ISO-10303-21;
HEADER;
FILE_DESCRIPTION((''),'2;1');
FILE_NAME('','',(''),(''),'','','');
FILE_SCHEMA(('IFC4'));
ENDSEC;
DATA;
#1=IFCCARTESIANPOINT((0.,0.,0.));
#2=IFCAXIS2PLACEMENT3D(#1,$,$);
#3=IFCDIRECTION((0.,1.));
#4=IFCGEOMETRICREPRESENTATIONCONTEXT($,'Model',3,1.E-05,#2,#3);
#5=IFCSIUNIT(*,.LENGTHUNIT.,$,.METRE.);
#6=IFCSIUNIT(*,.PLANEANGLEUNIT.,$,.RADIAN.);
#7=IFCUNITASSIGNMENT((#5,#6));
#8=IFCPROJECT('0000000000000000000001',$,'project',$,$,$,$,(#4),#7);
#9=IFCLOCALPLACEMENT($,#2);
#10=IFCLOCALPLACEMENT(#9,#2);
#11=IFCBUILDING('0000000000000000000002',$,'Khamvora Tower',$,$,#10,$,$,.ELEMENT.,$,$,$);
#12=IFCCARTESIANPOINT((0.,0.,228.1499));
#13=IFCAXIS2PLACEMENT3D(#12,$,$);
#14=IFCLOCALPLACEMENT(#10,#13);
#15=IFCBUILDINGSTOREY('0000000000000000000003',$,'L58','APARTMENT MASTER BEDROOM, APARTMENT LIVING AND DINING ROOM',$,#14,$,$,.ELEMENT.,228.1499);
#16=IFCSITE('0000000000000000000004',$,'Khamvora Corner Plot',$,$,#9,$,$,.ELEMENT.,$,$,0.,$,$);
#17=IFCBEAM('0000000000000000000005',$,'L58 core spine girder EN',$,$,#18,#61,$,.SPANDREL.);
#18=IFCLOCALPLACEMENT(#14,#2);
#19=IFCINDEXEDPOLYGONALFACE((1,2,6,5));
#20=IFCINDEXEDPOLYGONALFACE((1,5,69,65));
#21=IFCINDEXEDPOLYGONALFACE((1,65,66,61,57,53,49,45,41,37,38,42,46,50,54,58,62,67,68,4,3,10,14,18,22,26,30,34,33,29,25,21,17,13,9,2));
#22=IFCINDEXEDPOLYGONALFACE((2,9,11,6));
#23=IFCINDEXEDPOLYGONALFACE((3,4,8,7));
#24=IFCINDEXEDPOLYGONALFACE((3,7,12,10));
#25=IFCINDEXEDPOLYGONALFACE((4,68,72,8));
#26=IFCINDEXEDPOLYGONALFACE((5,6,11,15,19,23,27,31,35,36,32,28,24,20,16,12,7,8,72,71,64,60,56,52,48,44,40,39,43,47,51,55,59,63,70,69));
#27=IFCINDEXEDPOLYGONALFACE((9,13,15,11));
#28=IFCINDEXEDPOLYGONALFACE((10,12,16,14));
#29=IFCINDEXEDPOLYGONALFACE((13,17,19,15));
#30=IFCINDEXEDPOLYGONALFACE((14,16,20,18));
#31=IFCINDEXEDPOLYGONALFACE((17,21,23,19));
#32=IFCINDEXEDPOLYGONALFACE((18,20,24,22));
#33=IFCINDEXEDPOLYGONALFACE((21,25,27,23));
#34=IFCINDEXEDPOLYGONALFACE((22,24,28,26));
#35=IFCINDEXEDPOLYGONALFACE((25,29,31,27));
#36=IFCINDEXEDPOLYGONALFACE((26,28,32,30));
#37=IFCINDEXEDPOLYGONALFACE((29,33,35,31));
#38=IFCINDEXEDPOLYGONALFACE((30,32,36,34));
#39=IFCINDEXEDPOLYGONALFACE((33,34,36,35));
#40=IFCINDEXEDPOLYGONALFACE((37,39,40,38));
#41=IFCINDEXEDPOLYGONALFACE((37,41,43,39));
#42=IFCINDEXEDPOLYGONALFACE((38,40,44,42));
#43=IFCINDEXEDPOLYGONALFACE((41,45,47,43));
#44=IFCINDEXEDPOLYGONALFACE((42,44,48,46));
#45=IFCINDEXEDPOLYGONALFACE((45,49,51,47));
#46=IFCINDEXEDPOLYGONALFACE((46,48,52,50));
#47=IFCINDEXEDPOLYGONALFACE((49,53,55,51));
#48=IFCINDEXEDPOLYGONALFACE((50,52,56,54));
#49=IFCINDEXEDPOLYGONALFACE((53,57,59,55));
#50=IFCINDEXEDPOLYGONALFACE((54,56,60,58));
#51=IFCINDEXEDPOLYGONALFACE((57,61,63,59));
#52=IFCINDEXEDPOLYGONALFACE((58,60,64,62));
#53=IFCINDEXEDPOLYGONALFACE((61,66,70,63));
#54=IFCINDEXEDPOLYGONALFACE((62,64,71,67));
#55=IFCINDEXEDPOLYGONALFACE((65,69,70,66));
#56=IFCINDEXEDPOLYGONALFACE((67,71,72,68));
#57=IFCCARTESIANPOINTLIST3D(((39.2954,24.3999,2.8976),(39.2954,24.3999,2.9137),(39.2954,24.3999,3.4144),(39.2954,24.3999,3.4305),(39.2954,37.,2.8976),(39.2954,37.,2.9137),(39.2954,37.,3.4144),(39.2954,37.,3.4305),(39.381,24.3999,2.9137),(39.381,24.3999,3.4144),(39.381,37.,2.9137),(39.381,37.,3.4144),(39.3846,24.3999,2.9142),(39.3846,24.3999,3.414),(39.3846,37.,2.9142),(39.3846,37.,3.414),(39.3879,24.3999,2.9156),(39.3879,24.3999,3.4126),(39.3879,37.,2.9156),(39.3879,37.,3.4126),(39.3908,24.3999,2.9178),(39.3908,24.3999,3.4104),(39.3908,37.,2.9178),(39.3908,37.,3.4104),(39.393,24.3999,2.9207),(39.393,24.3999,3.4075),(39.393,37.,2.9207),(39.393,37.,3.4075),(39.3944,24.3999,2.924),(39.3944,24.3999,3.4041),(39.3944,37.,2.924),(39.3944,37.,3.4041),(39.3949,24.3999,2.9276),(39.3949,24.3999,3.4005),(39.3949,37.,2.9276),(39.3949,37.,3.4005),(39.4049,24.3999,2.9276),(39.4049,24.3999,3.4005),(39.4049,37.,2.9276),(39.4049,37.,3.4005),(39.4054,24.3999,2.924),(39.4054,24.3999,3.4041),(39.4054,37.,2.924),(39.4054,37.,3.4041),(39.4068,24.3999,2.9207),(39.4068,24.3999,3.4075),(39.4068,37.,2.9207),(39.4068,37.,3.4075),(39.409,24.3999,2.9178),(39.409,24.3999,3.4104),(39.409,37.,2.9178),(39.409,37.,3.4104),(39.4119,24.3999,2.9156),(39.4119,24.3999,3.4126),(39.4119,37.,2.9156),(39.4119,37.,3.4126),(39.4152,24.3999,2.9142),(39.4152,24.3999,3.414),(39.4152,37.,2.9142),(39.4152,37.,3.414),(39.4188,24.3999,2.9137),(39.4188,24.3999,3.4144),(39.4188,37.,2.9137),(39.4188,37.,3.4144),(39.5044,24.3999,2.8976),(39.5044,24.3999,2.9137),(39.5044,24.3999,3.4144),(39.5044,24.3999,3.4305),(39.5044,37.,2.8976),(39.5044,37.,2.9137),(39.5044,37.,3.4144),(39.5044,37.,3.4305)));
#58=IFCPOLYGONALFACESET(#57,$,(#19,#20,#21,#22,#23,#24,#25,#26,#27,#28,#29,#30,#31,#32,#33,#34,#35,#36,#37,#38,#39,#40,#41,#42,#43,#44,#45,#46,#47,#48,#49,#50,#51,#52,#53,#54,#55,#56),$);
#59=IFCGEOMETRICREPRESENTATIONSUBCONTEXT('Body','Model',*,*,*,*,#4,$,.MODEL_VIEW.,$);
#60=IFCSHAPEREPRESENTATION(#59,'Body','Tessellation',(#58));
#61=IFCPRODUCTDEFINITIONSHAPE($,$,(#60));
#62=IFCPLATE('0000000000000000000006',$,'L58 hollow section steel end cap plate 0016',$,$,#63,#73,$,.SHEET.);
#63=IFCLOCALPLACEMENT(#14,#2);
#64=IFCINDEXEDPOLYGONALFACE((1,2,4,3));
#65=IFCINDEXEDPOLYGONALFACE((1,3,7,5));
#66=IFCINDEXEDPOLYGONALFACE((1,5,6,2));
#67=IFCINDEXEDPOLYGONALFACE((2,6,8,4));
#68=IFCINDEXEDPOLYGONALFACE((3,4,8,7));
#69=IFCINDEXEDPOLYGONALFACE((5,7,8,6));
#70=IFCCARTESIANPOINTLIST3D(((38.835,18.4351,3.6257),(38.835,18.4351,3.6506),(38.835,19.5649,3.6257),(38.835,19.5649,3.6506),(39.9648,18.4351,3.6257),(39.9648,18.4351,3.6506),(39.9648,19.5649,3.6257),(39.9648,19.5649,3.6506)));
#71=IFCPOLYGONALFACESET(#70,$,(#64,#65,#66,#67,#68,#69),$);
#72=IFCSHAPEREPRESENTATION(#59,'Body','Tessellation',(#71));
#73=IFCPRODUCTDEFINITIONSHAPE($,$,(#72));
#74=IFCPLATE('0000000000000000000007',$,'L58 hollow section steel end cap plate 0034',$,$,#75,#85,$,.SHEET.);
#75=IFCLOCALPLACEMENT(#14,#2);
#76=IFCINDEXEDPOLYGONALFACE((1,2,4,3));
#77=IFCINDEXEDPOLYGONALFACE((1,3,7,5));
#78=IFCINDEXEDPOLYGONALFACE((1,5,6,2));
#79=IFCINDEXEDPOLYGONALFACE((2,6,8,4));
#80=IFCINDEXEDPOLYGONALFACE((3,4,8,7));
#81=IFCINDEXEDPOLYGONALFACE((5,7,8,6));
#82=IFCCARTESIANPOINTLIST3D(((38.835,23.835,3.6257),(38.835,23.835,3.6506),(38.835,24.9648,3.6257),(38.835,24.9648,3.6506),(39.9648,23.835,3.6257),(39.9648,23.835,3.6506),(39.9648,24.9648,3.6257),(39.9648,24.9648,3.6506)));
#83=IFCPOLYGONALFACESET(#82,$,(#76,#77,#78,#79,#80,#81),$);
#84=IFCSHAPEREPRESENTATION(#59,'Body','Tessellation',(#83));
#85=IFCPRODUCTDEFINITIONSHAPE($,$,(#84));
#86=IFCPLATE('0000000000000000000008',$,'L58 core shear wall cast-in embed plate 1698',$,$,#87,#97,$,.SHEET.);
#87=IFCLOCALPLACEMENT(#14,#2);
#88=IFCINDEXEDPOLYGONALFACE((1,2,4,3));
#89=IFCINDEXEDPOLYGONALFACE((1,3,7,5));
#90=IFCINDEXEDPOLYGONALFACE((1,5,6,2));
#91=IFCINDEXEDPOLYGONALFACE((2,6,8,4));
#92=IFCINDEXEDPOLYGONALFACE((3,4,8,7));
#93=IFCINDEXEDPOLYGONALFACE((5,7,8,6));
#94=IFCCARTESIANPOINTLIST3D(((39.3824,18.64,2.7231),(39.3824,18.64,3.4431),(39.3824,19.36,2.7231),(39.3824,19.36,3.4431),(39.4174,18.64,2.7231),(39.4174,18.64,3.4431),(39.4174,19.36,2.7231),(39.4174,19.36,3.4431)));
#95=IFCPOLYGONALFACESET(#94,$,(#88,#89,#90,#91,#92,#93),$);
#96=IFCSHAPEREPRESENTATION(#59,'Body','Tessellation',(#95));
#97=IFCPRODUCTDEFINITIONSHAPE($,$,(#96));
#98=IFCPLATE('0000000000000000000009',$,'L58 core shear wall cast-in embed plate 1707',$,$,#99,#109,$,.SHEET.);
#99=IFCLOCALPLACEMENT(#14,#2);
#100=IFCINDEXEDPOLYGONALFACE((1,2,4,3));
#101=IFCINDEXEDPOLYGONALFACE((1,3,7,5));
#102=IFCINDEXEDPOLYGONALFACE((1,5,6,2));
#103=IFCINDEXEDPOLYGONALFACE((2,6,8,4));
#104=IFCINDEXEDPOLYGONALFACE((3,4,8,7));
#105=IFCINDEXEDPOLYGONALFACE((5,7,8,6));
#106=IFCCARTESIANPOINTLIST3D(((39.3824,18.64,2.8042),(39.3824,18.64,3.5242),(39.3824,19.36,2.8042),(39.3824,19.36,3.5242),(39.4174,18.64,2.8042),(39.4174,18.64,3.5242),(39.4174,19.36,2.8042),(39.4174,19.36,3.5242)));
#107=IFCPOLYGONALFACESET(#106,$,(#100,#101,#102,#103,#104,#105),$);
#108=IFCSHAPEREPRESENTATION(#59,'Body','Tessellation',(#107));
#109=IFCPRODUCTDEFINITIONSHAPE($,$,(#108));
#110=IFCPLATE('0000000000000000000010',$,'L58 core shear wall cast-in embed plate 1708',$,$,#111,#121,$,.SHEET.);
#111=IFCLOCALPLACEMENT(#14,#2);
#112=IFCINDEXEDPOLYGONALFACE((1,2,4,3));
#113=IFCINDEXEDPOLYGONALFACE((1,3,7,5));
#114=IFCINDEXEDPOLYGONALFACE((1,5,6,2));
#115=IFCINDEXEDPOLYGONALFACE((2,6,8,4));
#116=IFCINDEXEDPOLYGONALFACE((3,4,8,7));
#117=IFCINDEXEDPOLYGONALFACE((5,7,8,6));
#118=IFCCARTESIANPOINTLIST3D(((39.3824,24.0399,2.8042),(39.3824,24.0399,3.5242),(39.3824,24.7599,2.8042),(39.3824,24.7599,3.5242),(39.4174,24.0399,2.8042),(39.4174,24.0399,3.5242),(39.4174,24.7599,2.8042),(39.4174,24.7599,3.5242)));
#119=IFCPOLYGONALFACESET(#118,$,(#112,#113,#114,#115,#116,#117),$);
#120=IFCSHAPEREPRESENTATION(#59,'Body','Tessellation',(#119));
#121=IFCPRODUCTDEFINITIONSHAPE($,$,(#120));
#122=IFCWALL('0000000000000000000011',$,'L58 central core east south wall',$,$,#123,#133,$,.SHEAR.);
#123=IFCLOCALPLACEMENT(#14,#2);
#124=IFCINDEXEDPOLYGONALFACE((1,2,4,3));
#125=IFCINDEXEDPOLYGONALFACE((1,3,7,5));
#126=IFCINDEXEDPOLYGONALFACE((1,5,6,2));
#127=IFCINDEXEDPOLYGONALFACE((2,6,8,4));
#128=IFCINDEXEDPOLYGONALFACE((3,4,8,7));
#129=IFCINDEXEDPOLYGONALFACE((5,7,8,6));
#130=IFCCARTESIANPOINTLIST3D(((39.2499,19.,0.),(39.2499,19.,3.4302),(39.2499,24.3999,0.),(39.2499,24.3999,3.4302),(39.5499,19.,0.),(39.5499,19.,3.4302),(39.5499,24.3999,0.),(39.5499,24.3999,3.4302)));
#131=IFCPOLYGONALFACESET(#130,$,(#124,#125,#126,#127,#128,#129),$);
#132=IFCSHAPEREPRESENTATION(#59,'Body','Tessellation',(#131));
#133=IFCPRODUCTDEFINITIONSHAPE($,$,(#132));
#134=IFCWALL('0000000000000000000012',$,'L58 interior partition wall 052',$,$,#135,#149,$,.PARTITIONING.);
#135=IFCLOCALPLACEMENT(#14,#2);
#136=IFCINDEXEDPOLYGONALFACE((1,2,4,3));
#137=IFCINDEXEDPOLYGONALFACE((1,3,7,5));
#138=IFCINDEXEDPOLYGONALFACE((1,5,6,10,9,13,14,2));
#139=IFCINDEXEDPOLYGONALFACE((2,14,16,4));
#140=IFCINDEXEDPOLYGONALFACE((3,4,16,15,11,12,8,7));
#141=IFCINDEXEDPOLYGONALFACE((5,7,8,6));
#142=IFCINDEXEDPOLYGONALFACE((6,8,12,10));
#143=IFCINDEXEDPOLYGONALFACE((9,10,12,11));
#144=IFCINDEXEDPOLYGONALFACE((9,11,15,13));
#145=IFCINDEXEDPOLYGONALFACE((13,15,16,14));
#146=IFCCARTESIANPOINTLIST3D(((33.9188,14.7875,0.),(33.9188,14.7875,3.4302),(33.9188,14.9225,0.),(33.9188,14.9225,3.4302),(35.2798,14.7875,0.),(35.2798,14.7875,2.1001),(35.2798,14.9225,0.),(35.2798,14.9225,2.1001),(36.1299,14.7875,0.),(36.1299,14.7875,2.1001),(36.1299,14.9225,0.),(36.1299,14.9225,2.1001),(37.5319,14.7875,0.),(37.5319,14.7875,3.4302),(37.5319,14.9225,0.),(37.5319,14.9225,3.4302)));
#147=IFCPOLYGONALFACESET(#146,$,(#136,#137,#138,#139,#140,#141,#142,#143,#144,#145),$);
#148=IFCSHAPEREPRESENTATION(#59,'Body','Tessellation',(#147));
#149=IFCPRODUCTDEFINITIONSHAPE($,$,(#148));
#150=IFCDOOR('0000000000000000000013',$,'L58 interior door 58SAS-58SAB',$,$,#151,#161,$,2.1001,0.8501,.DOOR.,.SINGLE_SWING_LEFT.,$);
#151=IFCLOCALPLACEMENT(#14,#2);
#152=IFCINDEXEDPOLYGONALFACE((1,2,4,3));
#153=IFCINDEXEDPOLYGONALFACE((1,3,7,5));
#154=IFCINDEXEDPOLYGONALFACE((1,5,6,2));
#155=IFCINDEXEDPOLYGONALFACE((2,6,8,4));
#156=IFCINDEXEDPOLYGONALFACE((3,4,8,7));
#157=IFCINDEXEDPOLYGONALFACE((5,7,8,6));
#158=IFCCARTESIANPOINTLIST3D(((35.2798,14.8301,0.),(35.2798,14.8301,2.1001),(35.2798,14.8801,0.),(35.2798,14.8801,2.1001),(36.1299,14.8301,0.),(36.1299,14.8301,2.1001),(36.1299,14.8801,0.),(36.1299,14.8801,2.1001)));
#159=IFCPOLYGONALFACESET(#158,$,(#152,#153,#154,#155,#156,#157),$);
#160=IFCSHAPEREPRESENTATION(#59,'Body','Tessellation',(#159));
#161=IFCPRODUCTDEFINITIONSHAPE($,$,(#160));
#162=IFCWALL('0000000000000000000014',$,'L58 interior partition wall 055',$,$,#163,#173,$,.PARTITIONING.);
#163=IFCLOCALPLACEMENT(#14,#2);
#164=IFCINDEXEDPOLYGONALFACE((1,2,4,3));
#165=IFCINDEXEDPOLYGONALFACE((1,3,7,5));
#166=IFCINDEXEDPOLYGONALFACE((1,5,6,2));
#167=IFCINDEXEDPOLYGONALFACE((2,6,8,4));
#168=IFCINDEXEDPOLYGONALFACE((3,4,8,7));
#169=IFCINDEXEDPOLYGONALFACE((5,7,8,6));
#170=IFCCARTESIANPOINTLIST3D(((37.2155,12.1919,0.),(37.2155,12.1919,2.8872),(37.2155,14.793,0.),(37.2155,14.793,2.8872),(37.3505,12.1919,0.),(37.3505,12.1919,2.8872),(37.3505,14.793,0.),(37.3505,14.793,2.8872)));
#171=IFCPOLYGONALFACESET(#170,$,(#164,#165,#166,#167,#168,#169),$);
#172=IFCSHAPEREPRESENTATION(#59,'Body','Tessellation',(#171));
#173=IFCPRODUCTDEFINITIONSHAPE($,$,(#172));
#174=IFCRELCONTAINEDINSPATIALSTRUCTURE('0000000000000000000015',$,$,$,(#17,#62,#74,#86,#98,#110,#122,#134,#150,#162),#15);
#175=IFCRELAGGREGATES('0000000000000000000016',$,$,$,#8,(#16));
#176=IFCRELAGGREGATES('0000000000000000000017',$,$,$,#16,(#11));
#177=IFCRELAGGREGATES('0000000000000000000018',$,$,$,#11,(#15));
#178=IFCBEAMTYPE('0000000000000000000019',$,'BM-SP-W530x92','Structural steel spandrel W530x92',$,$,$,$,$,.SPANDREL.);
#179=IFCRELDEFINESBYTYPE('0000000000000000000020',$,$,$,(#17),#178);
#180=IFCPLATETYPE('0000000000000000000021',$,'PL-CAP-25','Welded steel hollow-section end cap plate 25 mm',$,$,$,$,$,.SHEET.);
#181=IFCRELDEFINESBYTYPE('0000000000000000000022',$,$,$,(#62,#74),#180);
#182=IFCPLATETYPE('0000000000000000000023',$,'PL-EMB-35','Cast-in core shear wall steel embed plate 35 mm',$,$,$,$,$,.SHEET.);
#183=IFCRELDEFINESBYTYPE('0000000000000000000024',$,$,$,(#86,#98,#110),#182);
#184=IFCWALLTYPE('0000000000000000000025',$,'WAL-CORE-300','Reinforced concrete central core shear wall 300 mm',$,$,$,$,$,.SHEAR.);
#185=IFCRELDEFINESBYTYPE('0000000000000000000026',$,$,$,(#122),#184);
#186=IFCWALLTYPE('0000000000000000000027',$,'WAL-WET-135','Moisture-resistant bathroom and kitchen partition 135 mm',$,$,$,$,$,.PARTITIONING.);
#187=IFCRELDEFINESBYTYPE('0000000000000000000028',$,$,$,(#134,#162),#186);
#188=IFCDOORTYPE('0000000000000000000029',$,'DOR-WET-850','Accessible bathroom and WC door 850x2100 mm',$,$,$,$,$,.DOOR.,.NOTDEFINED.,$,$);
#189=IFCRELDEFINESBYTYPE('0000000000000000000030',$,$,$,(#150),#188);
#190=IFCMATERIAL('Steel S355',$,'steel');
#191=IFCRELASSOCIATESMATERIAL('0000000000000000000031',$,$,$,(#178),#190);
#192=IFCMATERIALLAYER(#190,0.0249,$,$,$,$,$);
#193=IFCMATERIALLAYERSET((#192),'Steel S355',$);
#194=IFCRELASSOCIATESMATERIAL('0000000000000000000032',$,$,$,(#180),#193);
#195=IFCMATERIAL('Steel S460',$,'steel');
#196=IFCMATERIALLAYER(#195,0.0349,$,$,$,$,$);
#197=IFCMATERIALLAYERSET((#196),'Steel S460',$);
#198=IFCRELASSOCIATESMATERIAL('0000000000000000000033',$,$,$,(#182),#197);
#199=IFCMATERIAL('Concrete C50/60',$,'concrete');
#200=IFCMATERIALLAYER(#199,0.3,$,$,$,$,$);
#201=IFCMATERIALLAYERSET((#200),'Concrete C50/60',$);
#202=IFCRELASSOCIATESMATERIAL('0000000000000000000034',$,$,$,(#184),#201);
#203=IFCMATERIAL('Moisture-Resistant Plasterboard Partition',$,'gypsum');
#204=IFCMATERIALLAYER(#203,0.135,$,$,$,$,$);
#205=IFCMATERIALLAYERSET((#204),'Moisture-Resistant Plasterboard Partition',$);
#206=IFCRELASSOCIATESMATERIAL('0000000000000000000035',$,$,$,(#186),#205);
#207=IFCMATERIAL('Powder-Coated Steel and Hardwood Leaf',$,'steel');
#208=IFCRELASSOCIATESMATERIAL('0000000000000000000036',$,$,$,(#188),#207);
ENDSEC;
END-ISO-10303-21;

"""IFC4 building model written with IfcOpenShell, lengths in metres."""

from ifc_helpers import new_model, si_unit, direction, frame, frame_2d, origin, origin_2d, place, context, subcontext, project, spatial, rectangle, i_section, extrude, material, layer, layer_set, material_profile, profile_set, type_object, element, fill, save


model = new_model("IFC4")

# Units and contexts
model_context = context("Model", 3, precision=1e-05, world=origin(), true_north=direction((0.0, 1.0)))
body_context = subcontext(model_context, "Body", "Model", "MODEL_VIEW")
ifc_project = project(units=[si_unit("LENGTHUNIT", "METRE"), si_unit("PLANEANGLEUNIT", "RADIAN")], contexts=[model_context])

# Site, building, storey
site_placement = place(None, origin())
site = spatial("IfcSite", under=ifc_project, at=site_placement, Name="Khamvora Corner Plot", CompositionType="ELEMENT", RefElevation=0.0)
building_placement = place(site_placement, origin())
building = spatial("IfcBuilding", under=site, at=building_placement, Name="Khamvora Tower", CompositionType="ELEMENT")
storey_placement = place(building_placement, frame((0.0, 0.0, 228.1499)))
storey = spatial("IfcBuildingStorey", under=building, at=storey_placement, Name="L58", Description="APARTMENT MASTER BEDROOM, APARTMENT LIVING AND DINING ROOM", CompositionType="ELEMENT", Elevation=228.1499)

# Shared definitions
ifc_material_1 = material(Name="Steel S460", Category="steel")
ifc_material_2 = material(Name="Steel S355", Category="steel")

# Beam
ifc_material_profile_1 = material_profile(ifc_material_2, i_section(OverallWidth=0.209, OverallDepth=0.533, WebThickness=0.01, FlangeThickness=0.0161, FilletRadius=0.0139, at=origin_2d()), Name="W530x92")
ifc_profile_set_1 = profile_set([ifc_material_profile_1], Name="Steel S355")
beam_type_1 = type_object("IfcBeamType", Name="BM-SP-W530x92", Description="Structural steel spandrel W530x92", PredefinedType="SPANDREL", material=ifc_profile_set_1)
beam_1_placement = place(storey_placement, frame((39.3999, 24.3999, 3.1641), z_axis=(0.0, 1.0, 0.0), x_axis=(-1.0, 0.0, 0.0)))
element("IfcBeam", 1, at=beam_1_placement, inside=storey, type_object=beam_type_1, Name="L58 core spine girder EN", PredefinedType="SPANDREL", context=body_context, shape_type="SweptSolid", body=[
    extrude(i_section(OverallWidth=0.209, OverallDepth=0.533, WebThickness=0.01, FlangeThickness=0.0161, FilletRadius=0.0139, at=origin_2d()), origin(), (0.0, 0.0, 1.0), 12.6001),
])

# Plates
ifc_layer_1 = layer(ifc_material_2, 0.0249)
ifc_layer_set_1 = layer_set([ifc_layer_1], Name="Steel S355")
plate_type_1 = type_object("IfcPlateType", Name="PL-CAP-25", Description="Welded steel hollow-section end cap plate 25 mm", PredefinedType="SHEET", material=ifc_layer_set_1)
for number, where, z_axis, x_axis, name in (
    (2, (39.3999, 19.0, 3.6257), (0.0, 0.0, 1.0), (1.0, 0.0, 0.0), "L58 hollow section steel end cap plate 0016"),
    (3, (39.3999, 24.3999, 3.6257), (0.0, 0.0, 1.0), (1.0, 0.0, 0.0), "L58 hollow section steel end cap plate 0034"),
):
    element("IfcPlate", number, at=place(storey_placement, frame(where, z_axis=z_axis, x_axis=x_axis)), inside=storey, type_object=plate_type_1, Name=name, PredefinedType="SHEET", context=body_context, shape_type="SweptSolid", body=[
        extrude(rectangle(XDim=1.1299, YDim=1.1299, at=origin_2d()), origin(), (0.0, 0.0, 1.0), 0.0249),
    ])
ifc_layer_2 = layer(ifc_material_1, 0.0349)
ifc_layer_set_2 = layer_set([ifc_layer_2], Name="Steel S460")
plate_type_2 = type_object("IfcPlateType", Name="PL-EMB-35", Description="Cast-in core shear wall steel embed plate 35 mm", PredefinedType="SHEET", material=ifc_layer_set_2)
for number, where, z_axis, x_axis, name in (
    (4, (39.3999, 19.0, 2.7231), (0.0, 0.0, 1.0), (1.0, 0.0, 0.0), "L58 core shear wall cast-in embed plate 1698"),
    (5, (39.3999, 19.0, 2.8042), (0.0, 0.0, 1.0), (1.0, 0.0, 0.0), "L58 core shear wall cast-in embed plate 1707"),
    (6, (39.3999, 24.3999, 2.8042), (0.0, 0.0, 1.0), (1.0, 0.0, 0.0), "L58 core shear wall cast-in embed plate 1708"),
):
    element("IfcPlate", number, at=place(storey_placement, frame(where, z_axis=z_axis, x_axis=x_axis)), inside=storey, type_object=plate_type_2, Name=name, PredefinedType="SHEET", context=body_context, shape_type="SweptSolid", body=[
        extrude(rectangle(XDim=0.0349, YDim=0.72, at=origin_2d()), origin(), (0.0, 0.0, 1.0), 0.72),
    ])

# Wall
ifc_material_3 = material(Name="Concrete C50/60", Category="concrete")
ifc_layer_3 = layer(ifc_material_3, 0.3)
ifc_layer_set_3 = layer_set([ifc_layer_3], Name="Concrete C50/60")
wall_type_1 = type_object("IfcWallType", Name="WAL-CORE-300", Description="Reinforced concrete central core shear wall 300 mm", PredefinedType="SHEAR", material=ifc_layer_set_3)
wall_1_placement = place(storey_placement, frame((39.3999, 19.0, 0.0), z_axis=(0.0, 0.0, 1.0), x_axis=(0.0, 1.0, 0.0)))
element("IfcWall", 7, at=wall_1_placement, inside=storey, type_object=wall_type_1, Name="L58 central core east south wall", PredefinedType="SHEAR", context=body_context, shape_type="SweptSolid", body=[
    extrude(rectangle(XDim=5.3999, YDim=0.3, at=frame_2d((2.7, 0.0))), origin(), (0.0, 0.0, 1.0), 3.4302),
])

# Wall, opening, door
ifc_material_4 = material(Name="Moisture-Resistant Plasterboard Partition", Category="gypsum")
ifc_layer_4 = layer(ifc_material_4, 0.135)
ifc_layer_set_4 = layer_set([ifc_layer_4], Name="Moisture-Resistant Plasterboard Partition")
wall_type_2 = type_object("IfcWallType", Name="WAL-WET-135", Description="Moisture-resistant bathroom and kitchen partition 135 mm", PredefinedType="PARTITIONING", material=ifc_layer_set_4)
wall_2_placement = place(storey_placement, frame((37.532, 14.855, 0.0), z_axis=(0.0, 0.0, 1.0), x_axis=(-1.0, 0.0, 0.0)))
wall_2 = element("IfcWall", 8, at=wall_2_placement, inside=storey, type_object=wall_type_2, Name="L58 interior partition wall 052", PredefinedType="PARTITIONING", context=body_context, shape_type="SweptSolid", body=[
    extrude(rectangle(XDim=3.613, YDim=0.135, at=frame_2d((1.8066, 0.0))), origin(), (0.0, 0.0, 1.0), 3.4302),
])
opening_placement = place(wall_2_placement, frame((1.4021, 0.0, 0.0)))
opening = element("IfcOpeningElement", 9, at=opening_placement, cuts=wall_2, PredefinedType="OPENING", context=body_context, shape_type="SweptSolid", body=[
    extrude(rectangle(XDim=0.8501, YDim=2.1001, at=frame_2d((0.425, 1.05))), frame((0.0, 0.0774, 0.0), z_axis=(0.0, -1.0, 0.0), x_axis=(1.0, 0.0, 0.0)), (0.0, 0.0, 1.0), 0.155),
])
ifc_material_5 = material(Name="Powder-Coated Steel and Hardwood Leaf", Category="steel")
door_type = type_object("IfcDoorType", Name="DOR-WET-850", Description="Accessible bathroom and WC door 850x2100 mm", OperationType="NOTDEFINED", PredefinedType="DOOR", material=ifc_material_5)
door_placement = place(opening_placement, origin())
door = element("IfcDoor", 10, at=door_placement, inside=storey, type_object=door_type, Name="L58 interior door 58SAS-58SAB", OperationType="SINGLE_SWING_LEFT", OverallHeight=2.1001, OverallWidth=0.8501, PredefinedType="DOOR", context=body_context, shape_type="SweptSolid", body=[
    extrude(rectangle(XDim=0.8501, YDim=2.1001, at=frame_2d((0.425, 1.05))), frame((0.0, 0.0249, 0.0), z_axis=(0.0, -1.0, 0.0), x_axis=(1.0, 0.0, 0.0)), (0.0, 0.0, 1.0), 0.05),
])
fill(opening, door)

# Wall
wall_3_placement = place(storey_placement, frame((37.283, 14.793, 0.0), z_axis=(0.0, 0.0, 1.0), x_axis=(0.0, -1.0, 0.0)))
element("IfcWall", 11, at=wall_3_placement, inside=storey, type_object=wall_type_2, Name="L58 interior partition wall 055", PredefinedType="PARTITIONING", context=body_context, shape_type="SweptSolid", body=[
    extrude(rectangle(XDim=2.6011, YDim=0.135, at=frame_2d((1.3005, 0.0))), origin(), (0.0, 0.0, 1.0), 2.8872),
])

save(model, "model.ifc")
